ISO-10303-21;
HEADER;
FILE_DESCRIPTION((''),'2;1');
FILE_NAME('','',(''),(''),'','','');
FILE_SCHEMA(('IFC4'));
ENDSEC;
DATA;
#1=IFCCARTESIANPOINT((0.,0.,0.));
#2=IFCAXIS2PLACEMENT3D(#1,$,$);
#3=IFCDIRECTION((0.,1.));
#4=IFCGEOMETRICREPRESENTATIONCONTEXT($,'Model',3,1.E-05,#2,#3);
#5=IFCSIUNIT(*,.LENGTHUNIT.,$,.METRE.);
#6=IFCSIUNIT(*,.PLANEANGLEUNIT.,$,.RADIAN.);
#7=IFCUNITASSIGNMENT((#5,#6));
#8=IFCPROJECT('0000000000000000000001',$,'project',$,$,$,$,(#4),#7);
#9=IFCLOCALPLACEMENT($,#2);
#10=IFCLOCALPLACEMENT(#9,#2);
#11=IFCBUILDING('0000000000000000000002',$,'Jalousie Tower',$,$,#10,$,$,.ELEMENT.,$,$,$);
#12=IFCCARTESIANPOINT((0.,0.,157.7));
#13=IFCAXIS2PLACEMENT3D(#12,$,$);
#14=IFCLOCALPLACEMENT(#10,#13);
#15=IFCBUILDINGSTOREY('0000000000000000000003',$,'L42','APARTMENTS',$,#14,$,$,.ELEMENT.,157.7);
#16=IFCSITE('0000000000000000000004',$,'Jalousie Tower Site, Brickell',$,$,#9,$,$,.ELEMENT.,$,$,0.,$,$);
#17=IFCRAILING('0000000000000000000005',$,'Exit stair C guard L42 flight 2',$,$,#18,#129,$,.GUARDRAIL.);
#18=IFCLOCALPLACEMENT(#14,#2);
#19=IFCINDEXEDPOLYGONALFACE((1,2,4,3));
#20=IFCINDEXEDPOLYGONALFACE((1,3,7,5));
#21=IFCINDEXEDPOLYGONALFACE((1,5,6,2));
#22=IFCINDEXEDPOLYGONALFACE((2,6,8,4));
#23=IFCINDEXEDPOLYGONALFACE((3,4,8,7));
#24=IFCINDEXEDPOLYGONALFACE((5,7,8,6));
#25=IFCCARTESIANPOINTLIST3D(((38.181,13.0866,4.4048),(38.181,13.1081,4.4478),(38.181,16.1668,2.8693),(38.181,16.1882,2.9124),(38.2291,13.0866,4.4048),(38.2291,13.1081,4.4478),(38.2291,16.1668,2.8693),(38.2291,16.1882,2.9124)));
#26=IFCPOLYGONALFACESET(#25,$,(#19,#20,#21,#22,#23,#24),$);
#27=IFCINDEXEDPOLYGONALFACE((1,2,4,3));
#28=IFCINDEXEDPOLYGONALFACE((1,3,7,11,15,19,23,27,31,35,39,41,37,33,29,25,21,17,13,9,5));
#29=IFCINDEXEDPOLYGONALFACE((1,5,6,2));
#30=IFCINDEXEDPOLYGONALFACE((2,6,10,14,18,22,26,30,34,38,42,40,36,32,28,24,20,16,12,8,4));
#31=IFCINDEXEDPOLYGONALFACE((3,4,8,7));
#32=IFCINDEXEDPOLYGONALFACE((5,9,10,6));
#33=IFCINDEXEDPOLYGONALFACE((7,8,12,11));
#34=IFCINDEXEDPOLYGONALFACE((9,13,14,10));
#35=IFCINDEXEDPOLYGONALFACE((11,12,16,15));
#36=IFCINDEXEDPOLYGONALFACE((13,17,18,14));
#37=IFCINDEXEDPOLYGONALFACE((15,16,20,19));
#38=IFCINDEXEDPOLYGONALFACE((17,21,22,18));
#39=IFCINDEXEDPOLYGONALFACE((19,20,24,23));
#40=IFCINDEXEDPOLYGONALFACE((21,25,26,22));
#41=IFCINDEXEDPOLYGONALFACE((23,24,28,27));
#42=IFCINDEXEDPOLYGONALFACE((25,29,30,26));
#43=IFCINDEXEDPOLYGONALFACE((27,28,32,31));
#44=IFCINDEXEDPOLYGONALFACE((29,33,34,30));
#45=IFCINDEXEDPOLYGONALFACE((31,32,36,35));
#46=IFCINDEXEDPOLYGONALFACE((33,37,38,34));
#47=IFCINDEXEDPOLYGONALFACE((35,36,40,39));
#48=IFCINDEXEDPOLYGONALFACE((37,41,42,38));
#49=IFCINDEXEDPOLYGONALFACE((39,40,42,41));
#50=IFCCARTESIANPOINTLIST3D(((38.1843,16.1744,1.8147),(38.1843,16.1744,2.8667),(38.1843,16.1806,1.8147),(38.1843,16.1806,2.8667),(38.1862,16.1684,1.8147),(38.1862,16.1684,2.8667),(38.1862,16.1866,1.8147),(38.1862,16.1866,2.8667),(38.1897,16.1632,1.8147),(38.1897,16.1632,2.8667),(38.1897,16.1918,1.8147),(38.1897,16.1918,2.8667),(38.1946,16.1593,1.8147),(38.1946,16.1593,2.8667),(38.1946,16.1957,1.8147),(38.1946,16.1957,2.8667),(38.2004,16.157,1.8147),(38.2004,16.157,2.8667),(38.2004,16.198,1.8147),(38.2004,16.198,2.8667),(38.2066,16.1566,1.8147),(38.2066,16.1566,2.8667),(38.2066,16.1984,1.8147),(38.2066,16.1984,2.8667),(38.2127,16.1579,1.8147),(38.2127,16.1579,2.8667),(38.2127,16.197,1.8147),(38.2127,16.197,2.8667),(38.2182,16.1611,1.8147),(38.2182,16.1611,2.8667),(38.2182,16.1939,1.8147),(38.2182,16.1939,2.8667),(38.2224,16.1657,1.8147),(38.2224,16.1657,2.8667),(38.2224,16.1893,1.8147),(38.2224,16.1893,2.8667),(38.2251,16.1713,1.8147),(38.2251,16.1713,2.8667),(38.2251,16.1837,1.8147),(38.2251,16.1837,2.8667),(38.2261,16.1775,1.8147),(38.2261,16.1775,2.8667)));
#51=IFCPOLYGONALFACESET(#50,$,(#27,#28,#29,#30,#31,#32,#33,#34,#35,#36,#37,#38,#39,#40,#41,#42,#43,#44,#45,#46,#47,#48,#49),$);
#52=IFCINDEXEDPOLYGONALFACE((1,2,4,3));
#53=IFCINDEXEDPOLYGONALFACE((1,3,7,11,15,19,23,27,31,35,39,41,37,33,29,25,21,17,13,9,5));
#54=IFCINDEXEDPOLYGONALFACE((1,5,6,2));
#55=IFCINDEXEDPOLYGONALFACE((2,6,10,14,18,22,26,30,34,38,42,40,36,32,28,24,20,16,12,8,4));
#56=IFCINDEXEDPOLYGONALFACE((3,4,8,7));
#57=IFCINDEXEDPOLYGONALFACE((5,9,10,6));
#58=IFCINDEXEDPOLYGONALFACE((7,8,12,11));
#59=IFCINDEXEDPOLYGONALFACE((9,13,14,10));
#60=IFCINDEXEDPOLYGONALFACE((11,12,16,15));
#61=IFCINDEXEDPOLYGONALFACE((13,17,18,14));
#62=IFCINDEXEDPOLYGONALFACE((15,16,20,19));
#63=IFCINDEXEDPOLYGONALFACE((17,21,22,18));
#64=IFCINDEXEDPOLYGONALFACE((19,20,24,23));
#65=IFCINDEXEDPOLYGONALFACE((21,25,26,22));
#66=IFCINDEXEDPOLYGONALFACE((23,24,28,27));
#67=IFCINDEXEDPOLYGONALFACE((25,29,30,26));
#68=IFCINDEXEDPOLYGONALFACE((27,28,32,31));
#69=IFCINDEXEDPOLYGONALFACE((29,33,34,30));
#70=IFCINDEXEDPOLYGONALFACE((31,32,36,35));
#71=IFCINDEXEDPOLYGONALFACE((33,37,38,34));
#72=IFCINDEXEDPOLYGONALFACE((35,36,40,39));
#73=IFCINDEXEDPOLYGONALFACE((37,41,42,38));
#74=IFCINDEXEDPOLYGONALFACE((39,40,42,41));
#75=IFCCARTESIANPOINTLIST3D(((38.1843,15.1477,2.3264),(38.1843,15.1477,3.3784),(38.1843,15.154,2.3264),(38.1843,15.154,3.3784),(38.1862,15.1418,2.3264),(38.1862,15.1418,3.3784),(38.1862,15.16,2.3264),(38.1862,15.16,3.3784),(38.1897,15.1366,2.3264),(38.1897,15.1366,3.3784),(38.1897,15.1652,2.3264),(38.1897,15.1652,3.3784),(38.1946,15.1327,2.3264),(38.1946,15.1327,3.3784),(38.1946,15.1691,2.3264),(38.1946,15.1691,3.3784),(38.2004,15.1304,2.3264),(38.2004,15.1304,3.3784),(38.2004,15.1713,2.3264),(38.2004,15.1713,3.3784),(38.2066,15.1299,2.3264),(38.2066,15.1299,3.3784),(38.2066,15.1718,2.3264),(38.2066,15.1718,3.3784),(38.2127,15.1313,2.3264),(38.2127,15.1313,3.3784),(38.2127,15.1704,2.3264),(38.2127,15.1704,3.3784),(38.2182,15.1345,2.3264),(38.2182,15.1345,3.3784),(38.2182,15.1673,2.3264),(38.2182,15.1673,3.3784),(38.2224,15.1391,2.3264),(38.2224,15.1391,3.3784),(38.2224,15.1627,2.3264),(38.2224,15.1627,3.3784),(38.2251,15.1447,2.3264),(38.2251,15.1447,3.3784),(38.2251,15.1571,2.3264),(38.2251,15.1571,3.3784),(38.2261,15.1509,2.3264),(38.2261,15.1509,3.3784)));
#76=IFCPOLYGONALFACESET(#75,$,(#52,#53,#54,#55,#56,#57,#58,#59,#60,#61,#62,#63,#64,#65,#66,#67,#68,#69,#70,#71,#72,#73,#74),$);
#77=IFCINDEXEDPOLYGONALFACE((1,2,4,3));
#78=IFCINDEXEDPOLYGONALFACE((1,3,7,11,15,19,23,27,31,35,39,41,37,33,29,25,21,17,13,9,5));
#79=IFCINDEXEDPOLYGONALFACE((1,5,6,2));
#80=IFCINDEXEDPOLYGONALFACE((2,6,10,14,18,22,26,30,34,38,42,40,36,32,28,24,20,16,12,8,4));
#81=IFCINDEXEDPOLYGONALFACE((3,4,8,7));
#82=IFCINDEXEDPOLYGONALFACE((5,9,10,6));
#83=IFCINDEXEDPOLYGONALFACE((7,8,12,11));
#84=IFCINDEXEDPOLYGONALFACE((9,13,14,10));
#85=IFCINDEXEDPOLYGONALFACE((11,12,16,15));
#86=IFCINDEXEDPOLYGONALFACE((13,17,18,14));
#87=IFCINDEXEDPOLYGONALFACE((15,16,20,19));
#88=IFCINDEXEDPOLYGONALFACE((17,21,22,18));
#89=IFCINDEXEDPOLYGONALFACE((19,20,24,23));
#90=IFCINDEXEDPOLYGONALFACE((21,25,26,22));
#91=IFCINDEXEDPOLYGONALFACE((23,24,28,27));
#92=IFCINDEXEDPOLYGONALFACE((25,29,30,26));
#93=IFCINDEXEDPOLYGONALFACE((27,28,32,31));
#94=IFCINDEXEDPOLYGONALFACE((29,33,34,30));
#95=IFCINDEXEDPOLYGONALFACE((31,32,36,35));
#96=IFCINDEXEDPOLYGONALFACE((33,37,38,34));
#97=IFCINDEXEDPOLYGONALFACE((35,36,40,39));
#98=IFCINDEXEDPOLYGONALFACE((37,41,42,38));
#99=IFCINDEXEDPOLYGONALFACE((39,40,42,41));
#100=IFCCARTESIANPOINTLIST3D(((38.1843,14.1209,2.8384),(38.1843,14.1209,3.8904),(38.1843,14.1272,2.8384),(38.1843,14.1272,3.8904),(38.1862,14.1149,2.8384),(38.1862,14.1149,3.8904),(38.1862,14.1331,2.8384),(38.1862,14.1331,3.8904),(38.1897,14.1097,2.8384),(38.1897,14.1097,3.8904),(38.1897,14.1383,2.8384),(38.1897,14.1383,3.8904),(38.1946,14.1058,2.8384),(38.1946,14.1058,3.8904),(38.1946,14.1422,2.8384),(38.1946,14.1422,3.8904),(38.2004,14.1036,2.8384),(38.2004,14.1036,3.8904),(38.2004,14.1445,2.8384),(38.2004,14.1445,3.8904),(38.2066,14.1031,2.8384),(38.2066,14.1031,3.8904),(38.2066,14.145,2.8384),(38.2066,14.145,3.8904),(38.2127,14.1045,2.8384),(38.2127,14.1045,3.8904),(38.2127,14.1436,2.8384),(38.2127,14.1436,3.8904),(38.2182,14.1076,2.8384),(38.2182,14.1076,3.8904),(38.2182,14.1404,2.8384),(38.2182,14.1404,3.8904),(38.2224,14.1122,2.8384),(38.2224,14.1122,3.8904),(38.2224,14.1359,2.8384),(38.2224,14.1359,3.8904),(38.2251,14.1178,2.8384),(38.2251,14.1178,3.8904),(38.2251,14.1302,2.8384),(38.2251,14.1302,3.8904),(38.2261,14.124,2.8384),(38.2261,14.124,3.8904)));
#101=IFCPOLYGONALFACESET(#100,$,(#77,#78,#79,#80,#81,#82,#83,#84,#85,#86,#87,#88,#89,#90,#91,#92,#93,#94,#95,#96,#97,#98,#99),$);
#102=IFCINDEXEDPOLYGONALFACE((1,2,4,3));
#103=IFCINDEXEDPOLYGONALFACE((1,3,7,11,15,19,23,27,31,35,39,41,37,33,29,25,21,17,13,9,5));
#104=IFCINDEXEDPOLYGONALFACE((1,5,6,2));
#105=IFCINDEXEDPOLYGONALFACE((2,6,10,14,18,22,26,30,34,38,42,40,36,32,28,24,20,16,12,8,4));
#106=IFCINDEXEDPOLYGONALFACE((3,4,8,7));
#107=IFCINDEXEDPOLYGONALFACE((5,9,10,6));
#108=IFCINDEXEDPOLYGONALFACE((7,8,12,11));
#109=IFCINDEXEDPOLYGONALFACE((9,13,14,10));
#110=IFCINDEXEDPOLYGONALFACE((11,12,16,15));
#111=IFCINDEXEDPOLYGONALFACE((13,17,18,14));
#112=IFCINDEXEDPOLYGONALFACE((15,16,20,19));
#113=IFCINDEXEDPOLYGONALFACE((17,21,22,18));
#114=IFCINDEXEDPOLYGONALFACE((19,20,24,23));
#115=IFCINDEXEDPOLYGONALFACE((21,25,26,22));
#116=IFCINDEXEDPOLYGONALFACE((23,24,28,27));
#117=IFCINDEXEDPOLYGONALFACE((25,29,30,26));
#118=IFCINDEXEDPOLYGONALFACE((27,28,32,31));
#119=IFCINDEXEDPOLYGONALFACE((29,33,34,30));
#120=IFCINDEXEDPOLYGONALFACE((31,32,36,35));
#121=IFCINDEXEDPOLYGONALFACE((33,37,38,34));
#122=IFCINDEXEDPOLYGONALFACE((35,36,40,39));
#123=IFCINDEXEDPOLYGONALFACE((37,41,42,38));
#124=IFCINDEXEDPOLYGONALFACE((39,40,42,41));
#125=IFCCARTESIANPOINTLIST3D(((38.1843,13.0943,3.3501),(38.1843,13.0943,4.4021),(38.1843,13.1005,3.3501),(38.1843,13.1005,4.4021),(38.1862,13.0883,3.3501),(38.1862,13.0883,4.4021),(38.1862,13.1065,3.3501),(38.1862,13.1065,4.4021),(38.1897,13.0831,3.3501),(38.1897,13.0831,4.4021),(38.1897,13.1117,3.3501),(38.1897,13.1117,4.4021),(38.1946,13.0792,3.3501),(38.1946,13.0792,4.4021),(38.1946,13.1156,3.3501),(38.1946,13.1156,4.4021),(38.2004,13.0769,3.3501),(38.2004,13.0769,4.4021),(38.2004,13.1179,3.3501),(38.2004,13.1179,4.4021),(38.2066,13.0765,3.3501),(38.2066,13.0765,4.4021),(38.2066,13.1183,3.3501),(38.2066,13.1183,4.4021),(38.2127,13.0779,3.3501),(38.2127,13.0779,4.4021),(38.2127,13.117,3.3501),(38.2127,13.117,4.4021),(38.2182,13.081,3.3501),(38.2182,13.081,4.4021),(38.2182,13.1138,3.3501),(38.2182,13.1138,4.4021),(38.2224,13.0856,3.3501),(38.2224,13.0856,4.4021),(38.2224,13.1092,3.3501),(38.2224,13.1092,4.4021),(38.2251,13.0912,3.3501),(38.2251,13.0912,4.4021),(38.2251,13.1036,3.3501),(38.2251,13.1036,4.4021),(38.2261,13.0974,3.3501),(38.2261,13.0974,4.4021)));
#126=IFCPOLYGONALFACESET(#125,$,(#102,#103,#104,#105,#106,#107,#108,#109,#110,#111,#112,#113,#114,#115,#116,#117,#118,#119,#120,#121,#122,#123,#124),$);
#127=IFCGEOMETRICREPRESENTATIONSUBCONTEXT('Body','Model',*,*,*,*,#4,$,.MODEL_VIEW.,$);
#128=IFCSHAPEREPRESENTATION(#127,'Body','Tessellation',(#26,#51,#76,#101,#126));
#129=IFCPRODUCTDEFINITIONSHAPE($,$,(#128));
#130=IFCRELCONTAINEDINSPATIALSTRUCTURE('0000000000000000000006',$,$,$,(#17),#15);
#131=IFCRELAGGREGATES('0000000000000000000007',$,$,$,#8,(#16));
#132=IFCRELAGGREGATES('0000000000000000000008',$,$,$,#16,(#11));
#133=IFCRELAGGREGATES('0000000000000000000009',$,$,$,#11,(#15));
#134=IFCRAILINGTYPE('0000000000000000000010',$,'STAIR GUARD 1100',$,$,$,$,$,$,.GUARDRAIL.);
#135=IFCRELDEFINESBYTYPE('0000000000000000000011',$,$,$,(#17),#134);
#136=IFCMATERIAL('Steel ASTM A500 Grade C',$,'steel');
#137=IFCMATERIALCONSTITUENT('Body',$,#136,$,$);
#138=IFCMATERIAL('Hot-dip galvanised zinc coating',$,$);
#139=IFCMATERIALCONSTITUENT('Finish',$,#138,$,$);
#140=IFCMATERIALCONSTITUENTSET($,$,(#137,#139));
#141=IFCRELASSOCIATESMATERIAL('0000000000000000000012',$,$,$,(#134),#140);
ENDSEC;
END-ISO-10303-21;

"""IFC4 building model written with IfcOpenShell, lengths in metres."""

from ifc_helpers import new_model, si_unit, direction, frame, origin, origin_2d, place, context, subcontext, project, spatial, rectangle, circle, extrude, material, constituent, constituent_set, type_object, element, save


model = new_model("IFC4")

# Units and contexts
model_context = context("Model", 3, precision=1e-05, world=origin(), true_north=direction((0.0, 1.0)))
body_context = subcontext(model_context, "Body", "Model", "MODEL_VIEW")
ifc_project = project(units=[si_unit("LENGTHUNIT", "METRE"), si_unit("PLANEANGLEUNIT", "RADIAN")], contexts=[model_context])

# Site, building, storey
site_placement = place(None, origin())
site = spatial("IfcSite", under=ifc_project, at=site_placement, Name="Jalousie Tower Site, Brickell", CompositionType="ELEMENT", RefElevation=0.0)
building_placement = place(site_placement, origin())
building = spatial("IfcBuilding", under=site, at=building_placement, Name="Jalousie Tower", CompositionType="ELEMENT")
storey_placement = place(building_placement, frame((0.0, 0.0, 157.7)))
storey = spatial("IfcBuildingStorey", under=building, at=storey_placement, Name="L42", Description="APARTMENTS", CompositionType="ELEMENT", Elevation=157.7)

# Railing
ifc_material_1 = material(Name="Steel ASTM A500 Grade C", Category="steel")
ifc_constituent_1 = constituent(ifc_material_1, Name="Body")
ifc_material_2 = material(Name="Hot-dip galvanised zinc coating")
ifc_constituent_2 = constituent(ifc_material_2, Name="Finish")
ifc_constituent_set_1 = constituent_set(constituents=[ifc_constituent_1, ifc_constituent_2])
railing_type_1 = type_object("IfcRailingType", Name="STAIR GUARD 1100", PredefinedType="GUARDRAIL", material=ifc_constituent_set_1)
railing_1_placement = place(storey_placement, frame((38.2051, 16.1775, 1.8147)))
element("IfcRailing", 1, at=railing_1_placement, inside=storey, type_object=railing_type_1, Name="Exit stair C guard L42 flight 2", PredefinedType="GUARDRAIL", context=body_context, shape_type="SweptSolid", body=[
    extrude(rectangle(XDim=0.0481, YDim=0.0481, at=origin_2d()), frame((0.0, 0.0, 1.0762), z_axis=(0.0, -0.894966, 0.446135), x_axis=(1.0, 0.0, 0.0)), (0.0, 0.0, 1.0), 3.4417),
    extrude(circle(Radius=0.021, at=origin_2d()), origin(), (0.0, 0.0, 1.0), 1.052),
    extrude(circle(Radius=0.021, at=origin_2d()), frame((0.0, -1.0266, 0.5117)), (0.0, 0.0, 1.0), 1.052),
    extrude(circle(Radius=0.021, at=origin_2d()), frame((0.0, -2.0535, 1.0237)), (0.0, 0.0, 1.0), 1.052),
    extrude(circle(Radius=0.021, at=origin_2d()), frame((0.0, -3.0801, 1.5354)), (0.0, 0.0, 1.0), 1.052),
])

save(model, "model.ifc")
